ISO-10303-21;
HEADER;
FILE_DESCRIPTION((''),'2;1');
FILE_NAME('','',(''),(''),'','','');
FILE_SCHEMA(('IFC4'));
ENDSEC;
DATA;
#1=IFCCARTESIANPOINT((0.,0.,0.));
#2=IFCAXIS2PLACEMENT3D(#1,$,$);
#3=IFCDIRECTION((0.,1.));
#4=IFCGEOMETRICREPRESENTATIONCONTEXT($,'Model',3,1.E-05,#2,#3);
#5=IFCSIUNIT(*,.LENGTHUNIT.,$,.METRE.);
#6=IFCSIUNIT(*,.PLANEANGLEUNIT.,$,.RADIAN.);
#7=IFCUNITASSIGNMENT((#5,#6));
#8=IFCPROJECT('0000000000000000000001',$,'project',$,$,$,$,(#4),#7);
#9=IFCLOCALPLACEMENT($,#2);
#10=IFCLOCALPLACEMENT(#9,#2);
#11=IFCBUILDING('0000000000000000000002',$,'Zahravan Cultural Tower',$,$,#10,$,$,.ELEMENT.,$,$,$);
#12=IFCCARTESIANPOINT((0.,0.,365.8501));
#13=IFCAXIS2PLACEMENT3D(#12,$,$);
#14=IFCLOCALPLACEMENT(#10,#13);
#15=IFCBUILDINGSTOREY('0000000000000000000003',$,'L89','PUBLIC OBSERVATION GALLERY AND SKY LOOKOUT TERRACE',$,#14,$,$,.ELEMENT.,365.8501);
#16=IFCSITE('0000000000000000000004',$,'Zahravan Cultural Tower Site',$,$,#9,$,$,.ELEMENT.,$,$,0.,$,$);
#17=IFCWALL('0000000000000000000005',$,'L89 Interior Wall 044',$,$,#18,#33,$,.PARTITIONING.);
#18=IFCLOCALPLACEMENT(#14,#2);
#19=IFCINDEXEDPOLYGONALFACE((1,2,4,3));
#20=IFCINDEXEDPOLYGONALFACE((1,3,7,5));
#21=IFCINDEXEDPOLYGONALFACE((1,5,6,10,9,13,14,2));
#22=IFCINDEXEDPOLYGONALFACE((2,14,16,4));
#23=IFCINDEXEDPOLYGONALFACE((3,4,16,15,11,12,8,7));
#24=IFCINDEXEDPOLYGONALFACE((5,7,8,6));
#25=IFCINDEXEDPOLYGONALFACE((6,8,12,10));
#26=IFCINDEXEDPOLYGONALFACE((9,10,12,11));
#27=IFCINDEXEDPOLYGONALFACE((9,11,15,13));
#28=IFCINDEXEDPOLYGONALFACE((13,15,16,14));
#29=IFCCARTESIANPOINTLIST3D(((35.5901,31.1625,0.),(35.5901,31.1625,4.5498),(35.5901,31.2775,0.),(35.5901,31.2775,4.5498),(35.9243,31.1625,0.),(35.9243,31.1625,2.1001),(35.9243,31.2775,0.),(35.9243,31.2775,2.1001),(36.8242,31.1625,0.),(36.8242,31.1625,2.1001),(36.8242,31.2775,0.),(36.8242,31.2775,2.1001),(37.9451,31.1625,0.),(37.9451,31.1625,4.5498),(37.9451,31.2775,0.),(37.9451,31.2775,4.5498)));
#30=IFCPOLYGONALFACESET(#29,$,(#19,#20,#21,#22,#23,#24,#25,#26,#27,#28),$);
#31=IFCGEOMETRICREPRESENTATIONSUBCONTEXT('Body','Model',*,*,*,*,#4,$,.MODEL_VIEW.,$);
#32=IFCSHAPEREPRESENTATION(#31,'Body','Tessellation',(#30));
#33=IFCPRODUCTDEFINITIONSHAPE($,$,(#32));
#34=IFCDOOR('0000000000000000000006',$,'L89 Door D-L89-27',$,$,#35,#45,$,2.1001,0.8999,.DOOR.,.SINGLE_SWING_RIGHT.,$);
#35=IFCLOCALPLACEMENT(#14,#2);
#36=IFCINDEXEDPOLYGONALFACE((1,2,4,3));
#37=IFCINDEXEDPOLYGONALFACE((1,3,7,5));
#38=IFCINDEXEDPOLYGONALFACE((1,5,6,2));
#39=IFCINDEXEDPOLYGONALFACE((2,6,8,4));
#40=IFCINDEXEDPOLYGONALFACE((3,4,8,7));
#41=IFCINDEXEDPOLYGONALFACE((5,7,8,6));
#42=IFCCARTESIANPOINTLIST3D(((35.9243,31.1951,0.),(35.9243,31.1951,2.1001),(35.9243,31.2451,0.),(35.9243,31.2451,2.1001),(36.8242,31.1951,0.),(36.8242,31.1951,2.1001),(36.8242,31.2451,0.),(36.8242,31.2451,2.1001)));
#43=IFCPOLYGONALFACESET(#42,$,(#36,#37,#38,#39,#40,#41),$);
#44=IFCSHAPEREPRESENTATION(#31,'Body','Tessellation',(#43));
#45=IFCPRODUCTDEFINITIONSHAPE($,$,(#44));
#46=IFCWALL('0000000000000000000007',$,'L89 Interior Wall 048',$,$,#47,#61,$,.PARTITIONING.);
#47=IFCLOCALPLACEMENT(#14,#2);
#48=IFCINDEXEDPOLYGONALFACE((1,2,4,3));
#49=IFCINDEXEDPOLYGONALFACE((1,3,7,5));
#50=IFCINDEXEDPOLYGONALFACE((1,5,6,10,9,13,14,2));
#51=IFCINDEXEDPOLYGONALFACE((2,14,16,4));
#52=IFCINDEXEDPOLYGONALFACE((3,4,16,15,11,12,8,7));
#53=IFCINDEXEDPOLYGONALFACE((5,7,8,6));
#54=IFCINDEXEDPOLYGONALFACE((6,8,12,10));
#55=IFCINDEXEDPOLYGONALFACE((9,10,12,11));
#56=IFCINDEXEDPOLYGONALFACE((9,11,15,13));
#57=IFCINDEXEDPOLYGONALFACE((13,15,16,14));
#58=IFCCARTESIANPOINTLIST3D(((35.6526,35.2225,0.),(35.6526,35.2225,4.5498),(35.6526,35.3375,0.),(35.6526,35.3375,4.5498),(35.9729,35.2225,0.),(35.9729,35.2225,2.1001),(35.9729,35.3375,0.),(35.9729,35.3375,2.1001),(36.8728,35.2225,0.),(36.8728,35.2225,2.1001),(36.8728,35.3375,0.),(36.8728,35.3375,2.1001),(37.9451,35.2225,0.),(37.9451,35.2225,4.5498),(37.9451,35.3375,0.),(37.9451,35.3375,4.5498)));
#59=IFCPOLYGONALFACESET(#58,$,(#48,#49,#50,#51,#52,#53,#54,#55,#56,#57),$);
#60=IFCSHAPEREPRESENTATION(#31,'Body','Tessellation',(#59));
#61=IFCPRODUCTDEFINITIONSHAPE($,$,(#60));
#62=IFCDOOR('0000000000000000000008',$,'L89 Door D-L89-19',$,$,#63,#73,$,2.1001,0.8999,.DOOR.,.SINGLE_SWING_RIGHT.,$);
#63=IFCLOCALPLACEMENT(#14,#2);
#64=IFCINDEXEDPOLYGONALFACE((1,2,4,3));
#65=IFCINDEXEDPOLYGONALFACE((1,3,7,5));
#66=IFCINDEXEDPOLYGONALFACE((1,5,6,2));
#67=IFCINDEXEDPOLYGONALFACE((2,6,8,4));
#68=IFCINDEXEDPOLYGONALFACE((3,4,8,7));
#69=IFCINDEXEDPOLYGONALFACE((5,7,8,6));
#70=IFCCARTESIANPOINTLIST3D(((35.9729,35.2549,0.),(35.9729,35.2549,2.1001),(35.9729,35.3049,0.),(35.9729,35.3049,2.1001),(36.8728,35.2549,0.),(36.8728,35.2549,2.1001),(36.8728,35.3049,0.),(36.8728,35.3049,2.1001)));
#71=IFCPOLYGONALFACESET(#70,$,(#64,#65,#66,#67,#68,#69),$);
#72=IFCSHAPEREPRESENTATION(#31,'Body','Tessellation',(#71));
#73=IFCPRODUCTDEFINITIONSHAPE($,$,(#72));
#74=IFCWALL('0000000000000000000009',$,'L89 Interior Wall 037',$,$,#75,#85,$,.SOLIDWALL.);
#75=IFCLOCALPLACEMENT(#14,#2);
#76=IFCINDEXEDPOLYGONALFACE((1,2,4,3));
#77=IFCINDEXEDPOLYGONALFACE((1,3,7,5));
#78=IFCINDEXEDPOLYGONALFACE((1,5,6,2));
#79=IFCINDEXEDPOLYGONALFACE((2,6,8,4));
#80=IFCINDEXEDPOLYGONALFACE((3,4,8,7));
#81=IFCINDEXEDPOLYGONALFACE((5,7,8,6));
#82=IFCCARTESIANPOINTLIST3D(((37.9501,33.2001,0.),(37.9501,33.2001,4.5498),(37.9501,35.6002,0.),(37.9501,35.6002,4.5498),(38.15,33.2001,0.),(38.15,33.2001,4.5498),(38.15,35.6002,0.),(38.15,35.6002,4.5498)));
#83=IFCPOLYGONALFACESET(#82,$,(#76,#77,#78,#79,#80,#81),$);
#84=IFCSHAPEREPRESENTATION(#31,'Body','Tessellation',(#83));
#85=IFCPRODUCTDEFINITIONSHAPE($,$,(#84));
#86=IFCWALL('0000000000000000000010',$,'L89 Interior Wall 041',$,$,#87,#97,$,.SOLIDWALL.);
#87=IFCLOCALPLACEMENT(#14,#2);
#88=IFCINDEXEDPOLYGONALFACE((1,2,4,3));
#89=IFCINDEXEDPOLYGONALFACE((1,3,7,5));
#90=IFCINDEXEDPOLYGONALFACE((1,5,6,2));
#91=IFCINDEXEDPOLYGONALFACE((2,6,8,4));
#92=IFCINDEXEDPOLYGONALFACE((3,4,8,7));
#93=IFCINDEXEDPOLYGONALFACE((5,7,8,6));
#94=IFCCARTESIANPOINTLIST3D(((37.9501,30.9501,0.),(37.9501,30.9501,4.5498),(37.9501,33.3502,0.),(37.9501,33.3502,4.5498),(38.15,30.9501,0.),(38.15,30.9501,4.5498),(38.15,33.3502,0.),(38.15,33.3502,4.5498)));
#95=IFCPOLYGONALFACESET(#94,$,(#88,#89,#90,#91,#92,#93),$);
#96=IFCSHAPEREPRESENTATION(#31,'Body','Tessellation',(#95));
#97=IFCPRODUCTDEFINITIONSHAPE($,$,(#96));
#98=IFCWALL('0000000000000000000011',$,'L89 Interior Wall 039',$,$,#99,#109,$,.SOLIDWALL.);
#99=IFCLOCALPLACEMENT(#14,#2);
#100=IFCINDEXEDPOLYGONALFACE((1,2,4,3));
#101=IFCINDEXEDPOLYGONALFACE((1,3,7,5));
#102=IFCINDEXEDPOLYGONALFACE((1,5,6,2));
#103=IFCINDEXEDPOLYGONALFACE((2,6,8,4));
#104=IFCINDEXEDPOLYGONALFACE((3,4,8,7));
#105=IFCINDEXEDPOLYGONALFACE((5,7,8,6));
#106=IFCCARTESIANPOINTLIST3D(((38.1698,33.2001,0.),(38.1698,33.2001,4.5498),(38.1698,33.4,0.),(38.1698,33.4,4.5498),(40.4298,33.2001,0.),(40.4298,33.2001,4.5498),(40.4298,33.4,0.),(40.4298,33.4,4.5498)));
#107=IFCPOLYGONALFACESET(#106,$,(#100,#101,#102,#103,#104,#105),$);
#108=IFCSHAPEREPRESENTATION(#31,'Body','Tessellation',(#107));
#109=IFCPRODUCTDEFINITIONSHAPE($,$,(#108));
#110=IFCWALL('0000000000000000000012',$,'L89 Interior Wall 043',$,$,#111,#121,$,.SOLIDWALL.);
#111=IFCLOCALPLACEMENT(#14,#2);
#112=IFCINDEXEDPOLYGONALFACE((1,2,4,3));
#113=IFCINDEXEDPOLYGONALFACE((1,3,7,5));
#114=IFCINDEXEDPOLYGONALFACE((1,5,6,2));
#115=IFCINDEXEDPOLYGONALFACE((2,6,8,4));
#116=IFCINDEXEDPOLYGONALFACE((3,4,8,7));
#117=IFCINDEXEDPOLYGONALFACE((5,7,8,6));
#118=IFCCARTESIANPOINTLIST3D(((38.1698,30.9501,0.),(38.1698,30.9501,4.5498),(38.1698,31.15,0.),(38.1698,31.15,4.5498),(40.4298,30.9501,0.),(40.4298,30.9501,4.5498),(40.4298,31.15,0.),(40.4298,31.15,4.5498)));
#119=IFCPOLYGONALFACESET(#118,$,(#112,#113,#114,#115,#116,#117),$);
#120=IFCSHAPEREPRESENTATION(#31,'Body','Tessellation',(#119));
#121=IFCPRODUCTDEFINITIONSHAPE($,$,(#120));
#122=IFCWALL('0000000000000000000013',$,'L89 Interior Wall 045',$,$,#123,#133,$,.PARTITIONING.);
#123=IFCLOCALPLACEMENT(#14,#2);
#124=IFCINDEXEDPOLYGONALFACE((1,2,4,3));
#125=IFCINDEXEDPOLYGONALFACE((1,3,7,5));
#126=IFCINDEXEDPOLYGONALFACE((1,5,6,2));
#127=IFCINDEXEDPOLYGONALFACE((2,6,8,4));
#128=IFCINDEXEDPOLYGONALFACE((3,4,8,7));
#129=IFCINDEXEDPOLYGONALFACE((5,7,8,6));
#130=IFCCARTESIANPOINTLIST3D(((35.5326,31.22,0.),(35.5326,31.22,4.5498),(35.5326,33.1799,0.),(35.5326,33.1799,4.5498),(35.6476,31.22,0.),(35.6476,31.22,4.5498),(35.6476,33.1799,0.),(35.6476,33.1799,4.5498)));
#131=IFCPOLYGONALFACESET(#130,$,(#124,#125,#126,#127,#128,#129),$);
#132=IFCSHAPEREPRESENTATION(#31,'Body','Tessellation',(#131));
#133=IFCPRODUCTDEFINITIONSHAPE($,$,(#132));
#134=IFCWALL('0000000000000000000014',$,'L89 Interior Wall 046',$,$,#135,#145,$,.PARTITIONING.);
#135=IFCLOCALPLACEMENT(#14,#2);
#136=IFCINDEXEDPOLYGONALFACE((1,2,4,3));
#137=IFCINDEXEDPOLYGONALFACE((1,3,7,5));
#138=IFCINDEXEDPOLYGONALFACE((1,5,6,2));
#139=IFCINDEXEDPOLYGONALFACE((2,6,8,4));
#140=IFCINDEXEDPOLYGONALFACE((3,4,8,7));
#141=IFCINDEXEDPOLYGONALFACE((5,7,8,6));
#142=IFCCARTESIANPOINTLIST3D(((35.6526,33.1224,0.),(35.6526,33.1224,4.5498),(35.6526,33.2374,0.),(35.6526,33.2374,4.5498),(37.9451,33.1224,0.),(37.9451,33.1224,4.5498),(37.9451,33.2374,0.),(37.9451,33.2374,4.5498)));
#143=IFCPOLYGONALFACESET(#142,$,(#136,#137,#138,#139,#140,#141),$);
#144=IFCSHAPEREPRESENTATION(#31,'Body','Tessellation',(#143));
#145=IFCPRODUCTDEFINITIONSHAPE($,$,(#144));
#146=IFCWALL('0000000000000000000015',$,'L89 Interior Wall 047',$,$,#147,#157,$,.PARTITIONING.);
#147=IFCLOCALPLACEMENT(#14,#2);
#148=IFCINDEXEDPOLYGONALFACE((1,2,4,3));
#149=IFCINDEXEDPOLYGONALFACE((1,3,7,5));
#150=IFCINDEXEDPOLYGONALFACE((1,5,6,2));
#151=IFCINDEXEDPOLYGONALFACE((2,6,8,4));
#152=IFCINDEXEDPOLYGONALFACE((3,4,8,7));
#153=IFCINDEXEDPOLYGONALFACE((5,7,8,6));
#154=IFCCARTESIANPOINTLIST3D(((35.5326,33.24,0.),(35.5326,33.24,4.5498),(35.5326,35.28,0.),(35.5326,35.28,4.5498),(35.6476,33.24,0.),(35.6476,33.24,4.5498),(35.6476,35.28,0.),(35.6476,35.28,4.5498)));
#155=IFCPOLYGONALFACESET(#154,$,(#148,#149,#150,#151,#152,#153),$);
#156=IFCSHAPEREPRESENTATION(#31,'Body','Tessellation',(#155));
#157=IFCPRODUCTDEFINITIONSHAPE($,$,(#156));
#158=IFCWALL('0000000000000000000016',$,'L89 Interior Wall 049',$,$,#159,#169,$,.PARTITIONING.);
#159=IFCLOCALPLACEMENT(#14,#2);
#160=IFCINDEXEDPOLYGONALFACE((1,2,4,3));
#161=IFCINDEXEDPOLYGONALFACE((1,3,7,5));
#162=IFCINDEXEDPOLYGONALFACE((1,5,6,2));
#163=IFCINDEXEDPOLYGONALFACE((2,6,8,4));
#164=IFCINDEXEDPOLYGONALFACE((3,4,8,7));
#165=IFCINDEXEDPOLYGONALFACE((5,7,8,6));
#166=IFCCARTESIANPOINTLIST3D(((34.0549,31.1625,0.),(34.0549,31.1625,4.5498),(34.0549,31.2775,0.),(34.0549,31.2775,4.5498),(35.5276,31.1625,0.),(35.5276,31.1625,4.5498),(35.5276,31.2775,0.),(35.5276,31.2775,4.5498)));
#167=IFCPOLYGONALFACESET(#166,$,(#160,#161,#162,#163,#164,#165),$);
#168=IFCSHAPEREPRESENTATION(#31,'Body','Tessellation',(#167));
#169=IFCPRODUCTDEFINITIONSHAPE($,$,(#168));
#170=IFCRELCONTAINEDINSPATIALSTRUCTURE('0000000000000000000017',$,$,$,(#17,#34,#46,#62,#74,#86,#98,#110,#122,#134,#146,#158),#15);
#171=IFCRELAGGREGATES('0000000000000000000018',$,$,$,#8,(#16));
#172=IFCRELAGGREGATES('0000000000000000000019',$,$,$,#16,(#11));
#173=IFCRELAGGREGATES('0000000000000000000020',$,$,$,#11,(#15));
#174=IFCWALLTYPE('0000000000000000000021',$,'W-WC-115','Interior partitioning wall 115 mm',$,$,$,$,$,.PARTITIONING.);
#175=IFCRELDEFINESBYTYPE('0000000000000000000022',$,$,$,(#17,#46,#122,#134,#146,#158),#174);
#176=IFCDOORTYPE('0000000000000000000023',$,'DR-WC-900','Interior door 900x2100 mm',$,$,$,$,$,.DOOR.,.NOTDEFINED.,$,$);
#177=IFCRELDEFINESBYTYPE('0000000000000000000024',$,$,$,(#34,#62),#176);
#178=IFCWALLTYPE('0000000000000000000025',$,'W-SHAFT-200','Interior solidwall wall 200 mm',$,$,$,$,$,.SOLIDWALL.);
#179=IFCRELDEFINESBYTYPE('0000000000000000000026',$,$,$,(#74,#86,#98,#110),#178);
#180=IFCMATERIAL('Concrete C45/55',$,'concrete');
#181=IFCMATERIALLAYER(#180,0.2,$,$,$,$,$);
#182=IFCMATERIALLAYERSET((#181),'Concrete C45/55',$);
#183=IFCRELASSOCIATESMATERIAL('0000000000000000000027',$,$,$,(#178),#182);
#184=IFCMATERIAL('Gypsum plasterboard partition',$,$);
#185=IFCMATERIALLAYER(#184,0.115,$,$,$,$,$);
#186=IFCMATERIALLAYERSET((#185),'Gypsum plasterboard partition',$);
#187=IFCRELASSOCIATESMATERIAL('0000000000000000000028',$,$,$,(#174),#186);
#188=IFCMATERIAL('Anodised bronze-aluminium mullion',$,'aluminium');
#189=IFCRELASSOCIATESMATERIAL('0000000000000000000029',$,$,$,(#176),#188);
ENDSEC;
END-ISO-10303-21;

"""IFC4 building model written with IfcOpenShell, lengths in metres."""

from ifc_helpers import new_model, si_unit, direction, frame, frame_2d, origin, place, context, subcontext, project, spatial, rectangle, extrude, source, transform, mapped, material, layer, layer_set, type_object, element, fill, save


model = new_model("IFC4")

# Units and contexts
model_context = context("Model", 3, precision=1e-05, world=origin(), true_north=direction((0.0, 1.0)))
body_context = subcontext(model_context, "Body", "Model", "MODEL_VIEW")
ifc_project = project(units=[si_unit("LENGTHUNIT", "METRE"), si_unit("PLANEANGLEUNIT", "RADIAN")], contexts=[model_context])

# Site, building, storey
site_placement = place(None, origin())
site = spatial("IfcSite", under=ifc_project, at=site_placement, Name="Zahravan Cultural Tower Site", CompositionType="ELEMENT", RefElevation=0.0)
building_placement = place(site_placement, origin())
building = spatial("IfcBuilding", under=site, at=building_placement, Name="Zahravan Cultural Tower", CompositionType="ELEMENT")
storey_placement = place(building_placement, frame((0.0, 0.0, 365.8501)))
storey = spatial("IfcBuildingStorey", under=building, at=storey_placement, Name="L89", Description="PUBLIC OBSERVATION GALLERY AND SKY LOOKOUT TERRACE", CompositionType="ELEMENT", Elevation=365.8501)

# Walls, openings, doors
ifc_material_1 = material(Name="Concrete C45/55", Category="concrete")
ifc_layer_1 = layer(ifc_material_1, 0.2)
ifc_layer_set_1 = layer_set([ifc_layer_1], Name="Concrete C45/55")
wall_type_1 = type_object("IfcWallType", Name="W-SHAFT-200", Description="Interior solidwall wall 200 mm", PredefinedType="SOLIDWALL", material=ifc_layer_set_1)
ifc_material_2 = material(Name="Gypsum plasterboard partition")
ifc_layer_2 = layer(ifc_material_2, 0.115)
ifc_layer_set_2 = layer_set([ifc_layer_2], Name="Gypsum plasterboard partition")
wall_type_2 = type_object("IfcWallType", Name="W-WC-115", Description="Interior partitioning wall 115 mm", PredefinedType="PARTITIONING", material=ifc_layer_set_2)
wall_1_placement = place(storey_placement, frame((37.9451, 31.22, 0.0), z_axis=(0.0, 0.0, 1.0), x_axis=(-1.0, 0.0, 0.0)))
wall_1 = element("IfcWall", 1, at=wall_1_placement, inside=storey, type_object=wall_type_2, Name="L89 Interior Wall 044", PredefinedType="PARTITIONING", context=body_context, shape_type="SweptSolid", body=[
    extrude(rectangle(XDim=2.355, YDim=0.115, at=frame_2d((1.1775, 0.0))), origin(), (0.0, 0.0, 1.0), 4.5498),
])
opening_1_placement = place(wall_1_placement, frame((1.1208, 0.0, 0.0)))
opening_1 = element("IfcOpeningElement", 2, at=opening_1_placement, cuts=wall_1, PredefinedType="OPENING", context=body_context, shape_type="SweptSolid", body=[
    extrude(rectangle(XDim=0.8999, YDim=2.1001, at=frame_2d((0.45, 1.05))), frame((0.0, 0.0674, 0.0), z_axis=(0.0, -1.0, 0.0), x_axis=(1.0, 0.0, 0.0)), (0.0, 0.0, 1.0), 0.135),
])
ifc_material_3 = material(Name="Anodised bronze-aluminium mullion", Category="aluminium")
door_type_1 = type_object("IfcDoorType", Name="DR-WC-900", Description="Interior door 900x2100 mm", OperationType="NOTDEFINED", PredefinedType="DOOR", material=ifc_material_3)
shared_shape_1 = source(origin(), body_context, "Body", "SweptSolid", [
    extrude(rectangle(XDim=0.8999, YDim=2.1001, at=frame_2d((0.45, 1.05))), frame((0.0, 0.0249, 0.0), z_axis=(0.0, -1.0, 0.0), x_axis=(1.0, 0.0, 0.0)), (0.0, 0.0, 1.0), 0.05),
])
door_1_placement = place(opening_1_placement, origin())
door_1 = element("IfcDoor", 3, at=door_1_placement, inside=storey, type_object=door_type_1, Name="L89 Door D-L89-27", OperationType="SINGLE_SWING_RIGHT", OverallHeight=2.1001, OverallWidth=0.8999, PredefinedType="DOOR", context=body_context, shape_type="MappedRepresentation", body=[
    mapped(shared_shape_1, transform((0.0, 0.0, 0.0), x_axis=(1.0, 0.0, 0.0), y_axis=(0.0, 1.0, 0.0), z_axis=(0.0, 0.0, 1.0), scale=1.0)),
])
fill(opening_1, door_1)
wall_2_placement = place(storey_placement, frame((35.6526, 35.28, 0.0), z_axis=(0.0, 0.0, 1.0), x_axis=(1.0, 0.0, 0.0)))
wall_2 = element("IfcWall", 4, at=wall_2_placement, inside=storey, type_object=wall_type_2, Name="L89 Interior Wall 048", PredefinedType="PARTITIONING", context=body_context, shape_type="SweptSolid", body=[
    extrude(rectangle(XDim=2.2925, YDim=0.115, at=frame_2d((1.1462, 0.0))), origin(), (0.0, 0.0, 1.0), 4.5498),
])
opening_2_placement = place(wall_2_placement, frame((0.3203, 0.0, 0.0)))
opening_2 = element("IfcOpeningElement", 5, at=opening_2_placement, cuts=wall_2, PredefinedType="OPENING", context=body_context, shape_type="SweptSolid", body=[
    extrude(rectangle(XDim=0.8999, YDim=2.1001, at=frame_2d((0.45, 1.05))), frame((0.0, 0.0674, 0.0), z_axis=(0.0, -1.0, 0.0), x_axis=(1.0, 0.0, 0.0)), (0.0, 0.0, 1.0), 0.135),
])
door_2_placement = place(opening_2_placement, origin())
door_2 = element("IfcDoor", 6, at=door_2_placement, inside=storey, type_object=door_type_1, Name="L89 Door D-L89-19", OperationType="SINGLE_SWING_RIGHT", OverallHeight=2.1001, OverallWidth=0.8999, PredefinedType="DOOR", context=body_context, shape_type="MappedRepresentation", body=[
    mapped(shared_shape_1, transform((0.0, 0.0, 0.0), x_axis=(1.0, 0.0, 0.0), y_axis=(0.0, 1.0, 0.0), z_axis=(0.0, 0.0, 1.0), scale=1.0)),
])
fill(opening_2, door_2)

# Walls
shared_shape_2 = source(origin(), body_context, "Body", "SweptSolid", [
    extrude(rectangle(XDim=2.4001, YDim=0.2, at=frame_2d((1.2002, 0.0))), origin(), (0.0, 0.0, 1.0), 4.5498),
])
for number, where, z_axis, x_axis, name in (
    (7, (38.05, 33.2, 0.0), (0.0, 0.0, 1.0), (0.0, 1.0, 0.0), "L89 Interior Wall 037"),
    (8, (38.05, 30.95, 0.0), (0.0, 0.0, 1.0), (0.0, 1.0, 0.0), "L89 Interior Wall 041"),
):
    element("IfcWall", number, at=place(storey_placement, frame(where, z_axis=z_axis, x_axis=x_axis)), inside=storey, type_object=wall_type_1, Name=name, PredefinedType="SOLIDWALL", context=body_context, shape_type="MappedRepresentation", body=[
        mapped(shared_shape_2, transform((0.0, 0.0, 0.0), x_axis=(1.0, 0.0, 0.0), y_axis=(0.0, 1.0, 0.0), z_axis=(0.0, 0.0, 1.0), scale=1.0)),
    ])
shared_shape_3 = source(origin(), body_context, "Body", "SweptSolid", [
    extrude(rectangle(XDim=2.26, YDim=0.2, at=frame_2d((1.1299, 0.0))), origin(), (0.0, 0.0, 1.0), 4.5498),
])
for number, where, z_axis, x_axis, name in (
    (9, (38.1699, 33.3, 0.0), (0.0, 0.0, 1.0), (1.0, 0.0, 0.0), "L89 Interior Wall 039"),
    (10, (38.1699, 31.05, 0.0), (0.0, 0.0, 1.0), (1.0, 0.0, 0.0), "L89 Interior Wall 043"),
):
    element("IfcWall", number, at=place(storey_placement, frame(where, z_axis=z_axis, x_axis=x_axis)), inside=storey, type_object=wall_type_1, Name=name, PredefinedType="SOLIDWALL", context=body_context, shape_type="MappedRepresentation", body=[
        mapped(shared_shape_3, transform((0.0, 0.0, 0.0), x_axis=(1.0, 0.0, 0.0), y_axis=(0.0, 1.0, 0.0), z_axis=(0.0, 0.0, 1.0), scale=1.0)),
    ])
shared_shape_4 = source(origin(), body_context, "Body", "SweptSolid", [
    extrude(rectangle(XDim=1.96, YDim=0.115, at=frame_2d((0.98, 0.0))), origin(), (0.0, 0.0, 1.0), 4.5498),
])
wall_3_placement = place(storey_placement, frame((35.5901, 31.22, 0.0), z_axis=(0.0, 0.0, 1.0), x_axis=(0.0, 1.0, 0.0)))
element("IfcWall", 11, at=wall_3_placement, inside=storey, type_object=wall_type_2, Name="L89 Interior Wall 045", PredefinedType="PARTITIONING", context=body_context, shape_type="MappedRepresentation", body=[
    mapped(shared_shape_4, transform((0.0, 0.0, 0.0), x_axis=(1.0, 0.0, 0.0), y_axis=(0.0, 1.0, 0.0), z_axis=(0.0, 0.0, 1.0), scale=1.0)),
])
shared_shape_5 = source(origin(), body_context, "Body", "SweptSolid", [
    extrude(rectangle(XDim=2.2925, YDim=0.115, at=frame_2d((1.1462, 0.0))), origin(), (0.0, 0.0, 1.0), 4.5498),
])
wall_4_placement = place(storey_placement, frame((35.6526, 33.1799, 0.0), z_axis=(0.0, 0.0, 1.0), x_axis=(1.0, 0.0, 0.0)))
element("IfcWall", 12, at=wall_4_placement, inside=storey, type_object=wall_type_2, Name="L89 Interior Wall 046", PredefinedType="PARTITIONING", context=body_context, shape_type="MappedRepresentation", body=[
    mapped(shared_shape_5, transform((0.0, 0.0, 0.0), x_axis=(1.0, 0.0, 0.0), y_axis=(0.0, 1.0, 0.0), z_axis=(0.0, 0.0, 1.0), scale=1.0)),
])
shared_shape_6 = source(origin(), body_context, "Body", "SweptSolid", [
    extrude(rectangle(XDim=2.04, YDim=0.115, at=frame_2d((1.02, 0.0))), origin(), (0.0, 0.0, 1.0), 4.5498),
])
wall_5_placement = place(storey_placement, frame((35.5901, 33.24, 0.0), z_axis=(0.0, 0.0, 1.0), x_axis=(0.0, 1.0, 0.0)))
element("IfcWall", 13, at=wall_5_placement, inside=storey, type_object=wall_type_2, Name="L89 Interior Wall 047", PredefinedType="PARTITIONING", context=body_context, shape_type="MappedRepresentation", body=[
    mapped(shared_shape_6, transform((0.0, 0.0, 0.0), x_axis=(1.0, 0.0, 0.0), y_axis=(0.0, 1.0, 0.0), z_axis=(0.0, 0.0, 1.0), scale=1.0)),
])
shared_shape_7 = source(origin(), body_context, "Body", "SweptSolid", [
    extrude(rectangle(XDim=1.4727, YDim=0.115, at=frame_2d((0.7363, 0.0))), origin(), (0.0, 0.0, 1.0), 4.5498),
])
wall_6_placement = place(storey_placement, frame((35.5276, 31.22, 0.0), z_axis=(0.0, 0.0, 1.0), x_axis=(-1.0, 0.0, 0.0)))
element("IfcWall", 14, at=wall_6_placement, inside=storey, type_object=wall_type_2, Name="L89 Interior Wall 049", PredefinedType="PARTITIONING", context=body_context, shape_type="MappedRepresentation", body=[
    mapped(shared_shape_7, transform((0.0, 0.0, 0.0), x_axis=(1.0, 0.0, 0.0), y_axis=(0.0, 1.0, 0.0), z_axis=(0.0, 0.0, 1.0), scale=1.0)),
])

save(model, "model.ifc")
